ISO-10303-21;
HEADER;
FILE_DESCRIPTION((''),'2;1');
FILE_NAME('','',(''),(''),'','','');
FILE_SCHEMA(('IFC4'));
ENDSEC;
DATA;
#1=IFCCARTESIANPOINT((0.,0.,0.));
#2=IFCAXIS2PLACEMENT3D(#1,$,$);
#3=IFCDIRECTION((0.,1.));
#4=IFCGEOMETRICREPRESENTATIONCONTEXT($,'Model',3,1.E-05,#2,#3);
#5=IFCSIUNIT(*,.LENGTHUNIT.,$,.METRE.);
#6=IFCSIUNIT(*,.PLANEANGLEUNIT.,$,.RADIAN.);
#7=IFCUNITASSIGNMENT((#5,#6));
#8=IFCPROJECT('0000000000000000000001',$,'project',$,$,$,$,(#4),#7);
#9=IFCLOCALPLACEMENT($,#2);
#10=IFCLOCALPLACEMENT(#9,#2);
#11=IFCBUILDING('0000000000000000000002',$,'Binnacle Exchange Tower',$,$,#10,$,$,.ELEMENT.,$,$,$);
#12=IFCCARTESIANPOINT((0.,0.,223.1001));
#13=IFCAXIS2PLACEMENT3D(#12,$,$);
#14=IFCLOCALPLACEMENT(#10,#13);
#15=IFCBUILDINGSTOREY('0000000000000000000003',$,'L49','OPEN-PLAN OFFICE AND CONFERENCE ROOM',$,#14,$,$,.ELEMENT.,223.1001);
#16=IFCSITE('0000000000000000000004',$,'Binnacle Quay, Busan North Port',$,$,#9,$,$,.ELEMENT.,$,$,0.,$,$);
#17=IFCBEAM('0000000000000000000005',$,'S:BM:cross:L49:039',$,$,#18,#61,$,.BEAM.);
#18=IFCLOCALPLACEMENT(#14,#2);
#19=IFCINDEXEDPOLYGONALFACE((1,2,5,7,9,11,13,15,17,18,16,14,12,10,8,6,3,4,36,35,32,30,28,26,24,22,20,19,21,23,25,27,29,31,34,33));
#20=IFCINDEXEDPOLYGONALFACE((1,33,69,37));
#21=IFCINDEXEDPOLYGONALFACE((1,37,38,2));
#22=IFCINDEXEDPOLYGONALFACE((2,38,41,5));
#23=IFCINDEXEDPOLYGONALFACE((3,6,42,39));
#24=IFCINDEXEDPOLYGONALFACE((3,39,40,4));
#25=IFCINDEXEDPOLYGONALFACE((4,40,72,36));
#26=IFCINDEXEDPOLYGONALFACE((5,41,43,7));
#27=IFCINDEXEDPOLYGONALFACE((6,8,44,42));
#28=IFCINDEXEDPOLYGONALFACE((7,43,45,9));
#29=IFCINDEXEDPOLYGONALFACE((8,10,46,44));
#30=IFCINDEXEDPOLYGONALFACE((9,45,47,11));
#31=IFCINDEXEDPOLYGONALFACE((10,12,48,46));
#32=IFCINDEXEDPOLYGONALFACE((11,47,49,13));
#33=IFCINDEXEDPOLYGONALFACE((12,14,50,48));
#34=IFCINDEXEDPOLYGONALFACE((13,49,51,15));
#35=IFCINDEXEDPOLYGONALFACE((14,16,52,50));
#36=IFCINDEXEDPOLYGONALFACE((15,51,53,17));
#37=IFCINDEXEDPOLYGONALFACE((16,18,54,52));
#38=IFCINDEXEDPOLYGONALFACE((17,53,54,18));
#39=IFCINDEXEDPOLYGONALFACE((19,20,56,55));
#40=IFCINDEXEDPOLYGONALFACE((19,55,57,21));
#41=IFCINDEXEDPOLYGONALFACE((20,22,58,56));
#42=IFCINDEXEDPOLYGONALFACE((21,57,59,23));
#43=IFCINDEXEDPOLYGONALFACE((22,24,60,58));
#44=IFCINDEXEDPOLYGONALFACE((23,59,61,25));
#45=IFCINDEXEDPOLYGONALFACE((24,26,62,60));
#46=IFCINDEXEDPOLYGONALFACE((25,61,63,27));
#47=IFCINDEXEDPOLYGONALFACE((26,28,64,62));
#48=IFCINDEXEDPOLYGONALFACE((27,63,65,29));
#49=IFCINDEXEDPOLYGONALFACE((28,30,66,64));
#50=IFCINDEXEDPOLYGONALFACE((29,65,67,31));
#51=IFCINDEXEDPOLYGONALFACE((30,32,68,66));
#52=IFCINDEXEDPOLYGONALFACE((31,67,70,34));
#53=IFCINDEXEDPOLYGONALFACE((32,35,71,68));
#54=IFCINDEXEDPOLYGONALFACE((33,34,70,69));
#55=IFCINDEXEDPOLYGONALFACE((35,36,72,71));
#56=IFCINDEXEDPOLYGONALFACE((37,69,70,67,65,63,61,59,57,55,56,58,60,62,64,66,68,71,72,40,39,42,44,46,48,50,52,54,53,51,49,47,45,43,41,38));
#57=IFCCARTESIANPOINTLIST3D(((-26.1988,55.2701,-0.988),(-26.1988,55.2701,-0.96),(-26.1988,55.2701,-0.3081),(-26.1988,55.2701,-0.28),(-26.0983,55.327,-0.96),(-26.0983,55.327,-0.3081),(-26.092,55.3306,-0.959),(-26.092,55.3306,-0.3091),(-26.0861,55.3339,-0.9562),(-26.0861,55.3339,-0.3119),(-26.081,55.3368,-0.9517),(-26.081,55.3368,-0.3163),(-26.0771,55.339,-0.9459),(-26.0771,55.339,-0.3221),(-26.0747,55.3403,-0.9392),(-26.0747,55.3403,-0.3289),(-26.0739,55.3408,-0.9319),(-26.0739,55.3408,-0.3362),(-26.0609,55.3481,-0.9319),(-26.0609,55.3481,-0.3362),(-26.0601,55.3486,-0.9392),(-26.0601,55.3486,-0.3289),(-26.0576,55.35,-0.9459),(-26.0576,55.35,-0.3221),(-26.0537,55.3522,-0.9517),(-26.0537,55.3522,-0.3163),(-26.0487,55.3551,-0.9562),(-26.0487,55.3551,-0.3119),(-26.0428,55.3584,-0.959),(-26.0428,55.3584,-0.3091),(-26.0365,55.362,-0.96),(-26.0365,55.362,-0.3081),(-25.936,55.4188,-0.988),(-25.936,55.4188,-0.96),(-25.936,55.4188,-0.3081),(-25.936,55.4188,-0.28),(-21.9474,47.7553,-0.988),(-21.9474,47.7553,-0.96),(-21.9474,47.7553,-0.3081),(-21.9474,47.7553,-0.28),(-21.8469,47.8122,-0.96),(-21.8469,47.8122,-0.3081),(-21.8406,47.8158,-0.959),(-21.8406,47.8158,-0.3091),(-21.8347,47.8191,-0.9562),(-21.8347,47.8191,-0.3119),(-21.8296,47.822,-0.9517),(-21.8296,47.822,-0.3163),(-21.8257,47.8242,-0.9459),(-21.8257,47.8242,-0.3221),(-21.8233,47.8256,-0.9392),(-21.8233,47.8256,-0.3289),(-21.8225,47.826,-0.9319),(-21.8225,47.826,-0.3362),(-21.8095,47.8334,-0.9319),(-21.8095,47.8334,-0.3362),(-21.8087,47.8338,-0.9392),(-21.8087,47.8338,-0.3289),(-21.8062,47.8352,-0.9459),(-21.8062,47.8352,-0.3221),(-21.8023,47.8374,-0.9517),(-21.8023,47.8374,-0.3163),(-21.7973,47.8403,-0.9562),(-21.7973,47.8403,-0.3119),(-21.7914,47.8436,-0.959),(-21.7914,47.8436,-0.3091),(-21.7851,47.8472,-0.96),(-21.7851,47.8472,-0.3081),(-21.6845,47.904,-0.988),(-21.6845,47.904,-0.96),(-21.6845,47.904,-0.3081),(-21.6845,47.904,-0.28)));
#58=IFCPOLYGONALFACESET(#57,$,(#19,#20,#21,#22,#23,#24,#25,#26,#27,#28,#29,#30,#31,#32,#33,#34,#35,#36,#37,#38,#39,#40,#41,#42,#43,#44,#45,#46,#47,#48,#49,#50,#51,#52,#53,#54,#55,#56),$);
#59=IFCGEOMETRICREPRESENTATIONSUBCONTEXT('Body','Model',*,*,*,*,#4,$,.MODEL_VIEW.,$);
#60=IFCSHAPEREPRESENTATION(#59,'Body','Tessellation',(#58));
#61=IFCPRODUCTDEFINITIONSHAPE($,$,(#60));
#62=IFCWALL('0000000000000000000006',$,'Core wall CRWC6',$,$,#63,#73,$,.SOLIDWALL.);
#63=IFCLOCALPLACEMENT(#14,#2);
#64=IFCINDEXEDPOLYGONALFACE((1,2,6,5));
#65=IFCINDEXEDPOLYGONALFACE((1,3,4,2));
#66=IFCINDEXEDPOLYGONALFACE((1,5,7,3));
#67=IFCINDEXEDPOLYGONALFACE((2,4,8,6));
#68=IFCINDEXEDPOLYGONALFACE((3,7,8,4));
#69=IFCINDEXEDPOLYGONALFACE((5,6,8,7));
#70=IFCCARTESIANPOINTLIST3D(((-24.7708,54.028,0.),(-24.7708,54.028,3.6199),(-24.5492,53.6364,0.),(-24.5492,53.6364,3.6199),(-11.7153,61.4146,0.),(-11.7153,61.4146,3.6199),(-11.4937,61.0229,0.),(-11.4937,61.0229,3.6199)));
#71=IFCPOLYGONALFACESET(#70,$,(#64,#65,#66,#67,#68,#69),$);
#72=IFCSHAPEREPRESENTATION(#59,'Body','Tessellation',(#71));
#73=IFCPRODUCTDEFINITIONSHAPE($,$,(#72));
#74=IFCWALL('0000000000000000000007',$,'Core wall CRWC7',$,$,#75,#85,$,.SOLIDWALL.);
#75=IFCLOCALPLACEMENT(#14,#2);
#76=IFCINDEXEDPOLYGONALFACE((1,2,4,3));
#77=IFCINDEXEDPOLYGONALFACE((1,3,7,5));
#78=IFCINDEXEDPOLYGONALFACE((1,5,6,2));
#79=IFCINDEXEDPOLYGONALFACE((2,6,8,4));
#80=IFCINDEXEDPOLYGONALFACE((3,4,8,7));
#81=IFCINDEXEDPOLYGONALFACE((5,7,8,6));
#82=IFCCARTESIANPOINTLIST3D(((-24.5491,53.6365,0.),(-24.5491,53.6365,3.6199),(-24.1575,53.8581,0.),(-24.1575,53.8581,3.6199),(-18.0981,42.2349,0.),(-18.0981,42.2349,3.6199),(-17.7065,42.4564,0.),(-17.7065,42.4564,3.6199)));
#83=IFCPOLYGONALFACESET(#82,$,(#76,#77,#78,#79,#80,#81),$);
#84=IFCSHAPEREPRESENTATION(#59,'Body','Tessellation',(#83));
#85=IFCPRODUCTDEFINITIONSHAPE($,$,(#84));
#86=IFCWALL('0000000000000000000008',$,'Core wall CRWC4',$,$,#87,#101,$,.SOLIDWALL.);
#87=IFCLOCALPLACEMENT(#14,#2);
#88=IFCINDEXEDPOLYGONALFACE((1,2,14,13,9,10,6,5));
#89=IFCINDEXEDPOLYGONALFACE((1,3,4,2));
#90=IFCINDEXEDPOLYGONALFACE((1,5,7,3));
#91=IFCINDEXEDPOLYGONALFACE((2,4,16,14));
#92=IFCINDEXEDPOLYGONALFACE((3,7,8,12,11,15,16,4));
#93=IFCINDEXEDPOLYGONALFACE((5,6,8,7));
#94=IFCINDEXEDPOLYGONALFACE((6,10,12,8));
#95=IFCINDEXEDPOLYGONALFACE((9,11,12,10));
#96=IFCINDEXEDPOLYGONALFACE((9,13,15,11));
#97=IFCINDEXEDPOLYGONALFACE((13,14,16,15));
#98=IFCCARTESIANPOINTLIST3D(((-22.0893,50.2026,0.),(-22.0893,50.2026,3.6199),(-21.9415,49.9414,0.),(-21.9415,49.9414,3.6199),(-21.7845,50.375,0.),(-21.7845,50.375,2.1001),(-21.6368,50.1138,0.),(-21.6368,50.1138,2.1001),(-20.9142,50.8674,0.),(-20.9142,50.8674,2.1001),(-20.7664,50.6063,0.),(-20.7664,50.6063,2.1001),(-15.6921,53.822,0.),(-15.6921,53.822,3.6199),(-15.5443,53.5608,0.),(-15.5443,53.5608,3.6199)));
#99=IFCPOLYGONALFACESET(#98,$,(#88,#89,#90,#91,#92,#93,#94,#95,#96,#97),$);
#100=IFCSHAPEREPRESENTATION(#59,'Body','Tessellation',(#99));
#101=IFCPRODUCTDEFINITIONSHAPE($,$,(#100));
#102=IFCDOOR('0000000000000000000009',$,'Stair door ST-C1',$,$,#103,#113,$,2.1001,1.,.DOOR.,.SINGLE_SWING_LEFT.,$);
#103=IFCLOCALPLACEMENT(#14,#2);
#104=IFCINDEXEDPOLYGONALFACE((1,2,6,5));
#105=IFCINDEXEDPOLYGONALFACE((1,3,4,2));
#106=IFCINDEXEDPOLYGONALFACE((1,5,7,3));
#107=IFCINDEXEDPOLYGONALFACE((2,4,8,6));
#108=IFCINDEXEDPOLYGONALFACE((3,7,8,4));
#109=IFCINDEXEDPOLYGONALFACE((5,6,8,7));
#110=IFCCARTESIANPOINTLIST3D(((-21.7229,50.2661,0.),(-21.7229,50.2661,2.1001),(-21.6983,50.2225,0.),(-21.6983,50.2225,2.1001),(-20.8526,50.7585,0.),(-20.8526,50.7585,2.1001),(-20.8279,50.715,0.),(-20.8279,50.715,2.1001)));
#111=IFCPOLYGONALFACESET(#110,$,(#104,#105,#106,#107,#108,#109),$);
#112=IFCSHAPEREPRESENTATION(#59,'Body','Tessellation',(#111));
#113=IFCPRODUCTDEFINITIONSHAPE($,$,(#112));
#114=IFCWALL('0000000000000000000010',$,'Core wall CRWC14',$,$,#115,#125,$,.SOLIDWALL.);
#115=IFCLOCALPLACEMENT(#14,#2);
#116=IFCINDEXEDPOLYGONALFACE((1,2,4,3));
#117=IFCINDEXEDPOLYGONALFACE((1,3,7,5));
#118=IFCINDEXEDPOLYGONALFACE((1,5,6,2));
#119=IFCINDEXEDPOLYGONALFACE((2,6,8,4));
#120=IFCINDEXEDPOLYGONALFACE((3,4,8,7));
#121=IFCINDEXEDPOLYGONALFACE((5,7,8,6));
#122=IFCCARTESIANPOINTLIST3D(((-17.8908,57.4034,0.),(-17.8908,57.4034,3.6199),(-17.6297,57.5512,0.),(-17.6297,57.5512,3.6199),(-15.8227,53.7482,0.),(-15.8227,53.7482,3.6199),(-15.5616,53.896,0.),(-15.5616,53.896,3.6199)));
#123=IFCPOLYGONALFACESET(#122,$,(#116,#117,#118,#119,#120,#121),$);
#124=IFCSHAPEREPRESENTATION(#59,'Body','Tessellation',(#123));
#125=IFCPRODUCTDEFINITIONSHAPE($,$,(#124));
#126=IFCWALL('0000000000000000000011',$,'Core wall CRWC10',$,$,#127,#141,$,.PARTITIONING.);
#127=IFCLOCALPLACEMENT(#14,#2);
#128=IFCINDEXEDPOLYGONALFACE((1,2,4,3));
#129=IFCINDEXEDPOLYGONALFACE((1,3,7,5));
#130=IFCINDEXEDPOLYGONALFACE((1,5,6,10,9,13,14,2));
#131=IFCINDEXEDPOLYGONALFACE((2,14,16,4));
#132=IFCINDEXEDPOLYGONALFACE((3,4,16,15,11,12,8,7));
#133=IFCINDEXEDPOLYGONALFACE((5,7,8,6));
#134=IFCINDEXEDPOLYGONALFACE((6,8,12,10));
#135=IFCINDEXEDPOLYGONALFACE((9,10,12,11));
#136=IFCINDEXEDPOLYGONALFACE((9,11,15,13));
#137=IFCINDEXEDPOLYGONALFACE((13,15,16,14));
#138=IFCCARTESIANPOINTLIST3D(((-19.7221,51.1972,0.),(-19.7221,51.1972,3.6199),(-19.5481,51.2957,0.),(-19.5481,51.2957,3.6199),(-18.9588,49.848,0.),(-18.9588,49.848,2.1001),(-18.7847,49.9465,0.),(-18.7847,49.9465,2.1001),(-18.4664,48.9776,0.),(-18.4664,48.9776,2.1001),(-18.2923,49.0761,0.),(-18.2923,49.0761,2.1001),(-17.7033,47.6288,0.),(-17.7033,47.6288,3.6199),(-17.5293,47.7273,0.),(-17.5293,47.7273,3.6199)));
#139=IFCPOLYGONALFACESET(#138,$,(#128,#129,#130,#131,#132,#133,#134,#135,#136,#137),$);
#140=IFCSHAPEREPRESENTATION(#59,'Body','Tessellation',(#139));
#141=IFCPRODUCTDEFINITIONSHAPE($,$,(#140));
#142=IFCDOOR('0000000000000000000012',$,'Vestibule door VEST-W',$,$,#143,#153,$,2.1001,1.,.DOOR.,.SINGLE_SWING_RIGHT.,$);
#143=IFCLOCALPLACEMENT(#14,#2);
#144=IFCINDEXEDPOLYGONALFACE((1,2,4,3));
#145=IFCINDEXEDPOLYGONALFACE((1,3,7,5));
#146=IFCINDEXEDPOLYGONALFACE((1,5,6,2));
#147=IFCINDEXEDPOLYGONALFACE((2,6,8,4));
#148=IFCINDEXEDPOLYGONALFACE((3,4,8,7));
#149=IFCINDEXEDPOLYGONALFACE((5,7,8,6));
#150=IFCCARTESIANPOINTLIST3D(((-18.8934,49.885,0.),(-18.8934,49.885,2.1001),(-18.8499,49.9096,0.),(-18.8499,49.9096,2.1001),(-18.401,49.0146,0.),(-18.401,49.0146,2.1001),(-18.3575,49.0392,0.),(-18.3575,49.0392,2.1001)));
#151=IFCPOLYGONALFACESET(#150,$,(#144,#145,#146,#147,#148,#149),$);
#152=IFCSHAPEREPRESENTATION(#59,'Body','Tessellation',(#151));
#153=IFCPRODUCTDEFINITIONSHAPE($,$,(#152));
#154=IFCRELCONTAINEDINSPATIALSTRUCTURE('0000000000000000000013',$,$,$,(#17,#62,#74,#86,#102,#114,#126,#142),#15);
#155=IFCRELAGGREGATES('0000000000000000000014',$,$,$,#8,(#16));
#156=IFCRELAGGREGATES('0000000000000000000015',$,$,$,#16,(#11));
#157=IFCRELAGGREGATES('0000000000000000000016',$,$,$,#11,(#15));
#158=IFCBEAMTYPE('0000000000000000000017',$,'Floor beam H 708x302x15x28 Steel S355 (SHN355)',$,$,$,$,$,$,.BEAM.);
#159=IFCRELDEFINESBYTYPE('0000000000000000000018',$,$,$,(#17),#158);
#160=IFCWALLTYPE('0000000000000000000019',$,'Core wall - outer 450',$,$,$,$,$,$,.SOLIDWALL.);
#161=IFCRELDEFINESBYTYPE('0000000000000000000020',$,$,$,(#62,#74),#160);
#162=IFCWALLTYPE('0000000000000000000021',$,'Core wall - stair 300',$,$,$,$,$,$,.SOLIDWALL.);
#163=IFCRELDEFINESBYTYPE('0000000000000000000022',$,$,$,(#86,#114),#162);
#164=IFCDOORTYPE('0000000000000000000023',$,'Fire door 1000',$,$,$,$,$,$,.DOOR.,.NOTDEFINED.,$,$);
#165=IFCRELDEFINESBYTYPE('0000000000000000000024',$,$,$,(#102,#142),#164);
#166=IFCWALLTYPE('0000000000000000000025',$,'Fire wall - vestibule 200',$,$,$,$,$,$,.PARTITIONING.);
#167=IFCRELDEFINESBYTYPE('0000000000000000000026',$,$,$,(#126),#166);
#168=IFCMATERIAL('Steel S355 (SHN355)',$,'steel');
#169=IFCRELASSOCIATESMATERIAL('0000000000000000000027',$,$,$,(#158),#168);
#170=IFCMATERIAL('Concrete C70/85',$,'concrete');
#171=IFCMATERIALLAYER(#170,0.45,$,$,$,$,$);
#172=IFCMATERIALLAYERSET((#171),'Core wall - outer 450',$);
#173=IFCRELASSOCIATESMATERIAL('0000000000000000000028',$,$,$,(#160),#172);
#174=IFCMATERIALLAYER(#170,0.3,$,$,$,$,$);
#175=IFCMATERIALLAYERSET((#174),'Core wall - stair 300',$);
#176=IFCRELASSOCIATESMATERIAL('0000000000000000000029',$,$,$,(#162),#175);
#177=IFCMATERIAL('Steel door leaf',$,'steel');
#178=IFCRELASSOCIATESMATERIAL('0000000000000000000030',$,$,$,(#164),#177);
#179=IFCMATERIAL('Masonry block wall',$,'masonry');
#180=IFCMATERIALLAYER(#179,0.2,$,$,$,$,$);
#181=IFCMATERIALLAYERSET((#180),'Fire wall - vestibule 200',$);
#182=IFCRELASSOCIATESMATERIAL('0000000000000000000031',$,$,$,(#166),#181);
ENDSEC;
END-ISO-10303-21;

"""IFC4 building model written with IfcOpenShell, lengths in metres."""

from ifc_helpers import new_model, si_unit, direction, frame, frame_2d, origin, origin_2d, place, context, subcontext, project, spatial, rectangle, i_section, extrude, material, layer, layer_set, material_profile, profile_set, type_object, element, fill, save


model = new_model("IFC4")

# Units and contexts
model_context = context("Model", 3, precision=1e-05, world=origin(), true_north=direction((0.0, 1.0)))
body_context = subcontext(model_context, "Body", "Model", "MODEL_VIEW")
ifc_project = project(units=[si_unit("LENGTHUNIT", "METRE"), si_unit("PLANEANGLEUNIT", "RADIAN")], contexts=[model_context])

# Site, building, storey
site_placement = place(None, origin())
site = spatial("IfcSite", under=ifc_project, at=site_placement, Name="Binnacle Quay, Busan North Port", CompositionType="ELEMENT", RefElevation=0.0)
building_placement = place(site_placement, origin())
building = spatial("IfcBuilding", under=site, at=building_placement, Name="Binnacle Exchange Tower", CompositionType="ELEMENT")
storey_placement = place(building_placement, frame((0.0, 0.0, 223.1001)))
storey = spatial("IfcBuildingStorey", under=building, at=storey_placement, Name="L49", Description="OPEN-PLAN OFFICE AND CONFERENCE ROOM", CompositionType="ELEMENT", Elevation=223.1001)

# Beam
ifc_material_1 = material(Name="Steel S355 (SHN355)", Category="steel")
ifc_material_profile_1 = material_profile(ifc_material_1, i_section(OverallWidth=0.302, OverallDepth=0.708, WebThickness=0.0149, FlangeThickness=0.0281, FilletRadius=0.0281, at=origin_2d()), Name="H 708x302x15x28")
ifc_profile_set_1 = profile_set([ifc_material_profile_1], Name="Steel S355 (SHN355)")
beam_type_1 = type_object("IfcBeamType", Name="Floor beam H 708x302x15x28 Steel S355 (SHN355)", PredefinedType="BEAM", material=ifc_profile_set_1)
beam_1_placement = place(storey_placement, frame((-26.0674, 55.3445, -0.634), z_axis=(0.492401, -0.870368, 0.0), x_axis=(0.870368, 0.492401, 0.0)))
element("IfcBeam", 1, at=beam_1_placement, inside=storey, type_object=beam_type_1, Name="S:BM:cross:L49:039", PredefinedType="BEAM", context=body_context, shape_type="SweptSolid", body=[
    extrude(i_section(OverallWidth=0.302, OverallDepth=0.708, WebThickness=0.0149, FlangeThickness=0.0281, FilletRadius=0.0281, at=origin_2d()), origin(), (0.0, 0.0, 1.0), 8.634),
])

# Walls
ifc_material_2 = material(Name="Concrete C70/85", Category="concrete")
ifc_layer_1 = layer(ifc_material_2, 0.45)
ifc_layer_set_1 = layer_set([ifc_layer_1], Name="Core wall - outer 450")
wall_type_1 = type_object("IfcWallType", Name="Core wall - outer 450", PredefinedType="SOLIDWALL", material=ifc_layer_set_1)
wall_1_placement = place(storey_placement, frame((-24.6599, 53.8323, 0.0), z_axis=(0.0, 0.0, 1.0), x_axis=(0.870354, 0.492427, 0.0)))
element("IfcWall", 2, at=wall_1_placement, inside=storey, type_object=wall_type_1, Name="Core wall CRWC6", PredefinedType="SOLIDWALL", context=body_context, shape_type="SweptSolid", body=[
    extrude(rectangle(XDim=15.0002, YDim=0.45, at=frame_2d((7.5, 0.0))), origin(), (0.0, 0.0, 1.0), 3.6199),
])
wall_2_placement = place(storey_placement, frame((-24.3533, 53.7473, 0.0), z_axis=(0.0, 0.0, 1.0), x_axis=(0.492435, -0.870349, 0.0)))
element("IfcWall", 3, at=wall_2_placement, inside=storey, type_object=wall_type_1, Name="Core wall CRWC7", PredefinedType="SOLIDWALL", context=body_context, shape_type="SweptSolid", body=[
    extrude(rectangle(XDim=13.1001, YDim=0.45, at=frame_2d((6.55, 0.0))), origin(), (0.0, 0.0, 1.0), 3.6199),
])

# Wall, opening, door
ifc_layer_2 = layer(ifc_material_2, 0.3)
ifc_layer_set_2 = layer_set([ifc_layer_2], Name="Core wall - stair 300")
wall_type_2 = type_object("IfcWallType", Name="Core wall - stair 300", PredefinedType="SOLIDWALL", material=ifc_layer_set_2)
wall_3_placement = place(storey_placement, frame((-22.0154, 50.072, 0.0), z_axis=(0.0, 0.0, 1.0), x_axis=(0.870355, 0.492425, 0.0)))
wall_3 = element("IfcWall", 4, at=wall_3_placement, inside=storey, type_object=wall_type_2, Name="Core wall CRWC4", PredefinedType="SOLIDWALL", context=body_context, shape_type="SweptSolid", body=[
    extrude(rectangle(XDim=7.3501, YDim=0.3, at=frame_2d((3.675, 0.0))), origin(), (0.0, 0.0, 1.0), 3.6199),
])
opening_1_placement = place(wall_3_placement, frame((0.3501, 0.0, 0.0)))
opening_1 = element("IfcOpeningElement", 5, at=opening_1_placement, cuts=wall_3, PredefinedType="OPENING", context=body_context, shape_type="SweptSolid", body=[
    extrude(rectangle(XDim=1.0, YDim=2.1001, at=frame_2d((0.5, 1.05))), frame((0.0, 0.1599, 0.0), z_axis=(0.0, -1.0, 0.0), x_axis=(1.0, 0.0, 0.0)), (0.0, 0.0, 1.0), 0.3201),
])
ifc_material_3 = material(Name="Steel door leaf", Category="steel")
door_type = type_object("IfcDoorType", Name="Fire door 1000", OperationType="NOTDEFINED", PredefinedType="DOOR", material=ifc_material_3)
door_1_placement = place(opening_1_placement, origin())
door_1 = element("IfcDoor", 6, at=door_1_placement, inside=storey, type_object=door_type, Name="Stair door ST-C1", OperationType="SINGLE_SWING_LEFT", OverallHeight=2.1001, OverallWidth=1.0, PredefinedType="DOOR", context=body_context, shape_type="SweptSolid", body=[
    extrude(rectangle(XDim=1.0, YDim=2.1001, at=frame_2d((0.5, 1.05))), frame((0.0, 0.0249, 0.0), z_axis=(0.0, -1.0, 0.0), x_axis=(1.0, 0.0, 0.0)), (0.0, 0.0, 1.0), 0.05),
])
fill(opening_1, door_1)

# Wall
wall_4_placement = place(storey_placement, frame((-17.7603, 57.4773, 0.0), z_axis=(0.0, 0.0, 1.0), x_axis=(0.492435, -0.870349, 0.0)))
element("IfcWall", 7, at=wall_4_placement, inside=storey, type_object=wall_type_2, Name="Core wall CRWC14", PredefinedType="SOLIDWALL", context=body_context, shape_type="SweptSolid", body=[
    extrude(rectangle(XDim=4.1997, YDim=0.3, at=frame_2d((2.0999, 0.0))), origin(), (0.0, 0.0, 1.0), 3.6199),
])

# Wall, opening, door
ifc_material_4 = material(Name="Masonry block wall", Category="masonry")
ifc_layer_3 = layer(ifc_material_4, 0.2)
ifc_layer_set_3 = layer_set([ifc_layer_3], Name="Fire wall - vestibule 200")
wall_type_3 = type_object("IfcWallType", Name="Fire wall - vestibule 200", PredefinedType="PARTITIONING", material=ifc_layer_set_3)
wall_5_placement = place(storey_placement, frame((-19.635, 51.2463, 0.0), z_axis=(0.0, 0.0, 1.0), x_axis=(0.492408, -0.870364, 0.0)))
wall_5 = element("IfcWall", 8, at=wall_5_placement, inside=storey, type_object=wall_type_3, Name="Core wall CRWC10", PredefinedType="PARTITIONING", context=body_context, shape_type="SweptSolid", body=[
    extrude(rectangle(XDim=4.0999, YDim=0.2, at=frame_2d((2.0498, 0.0))), origin(), (0.0, 0.0, 1.0), 3.6199),
])
opening_2_placement = place(wall_5_placement, frame((1.55, 0.0, 0.0)))
opening_2 = element("IfcOpeningElement", 9, at=opening_2_placement, cuts=wall_5, PredefinedType="OPENING", context=body_context, shape_type="SweptSolid", body=[
    extrude(rectangle(XDim=1.0, YDim=2.1001, at=frame_2d((0.5, 1.05))), frame((0.0, 0.1099, 0.0), z_axis=(0.0, -1.0, 0.0), x_axis=(1.0, 0.0, 0.0)), (0.0, 0.0, 1.0), 0.22),
])
door_2_placement = place(opening_2_placement, frame((1.0, 0.0, 0.0), z_axis=(0.0, 0.0, 1.0), x_axis=(-1.0, 0.0, 0.0)))
door_2 = element("IfcDoor", 10, at=door_2_placement, inside=storey, type_object=door_type, Name="Vestibule door VEST-W", OperationType="SINGLE_SWING_RIGHT", OverallHeight=2.1001, OverallWidth=1.0, PredefinedType="DOOR", context=body_context, shape_type="SweptSolid", body=[
    extrude(rectangle(XDim=1.0, YDim=2.1001, at=frame_2d((0.5, 1.05))), frame((0.0, 0.0249, 0.0), z_axis=(0.0, -1.0, 0.0), x_axis=(1.0, 0.0, 0.0)), (0.0, 0.0, 1.0), 0.05),
])
fill(opening_2, door_2)

save(model, "model.ifc")
